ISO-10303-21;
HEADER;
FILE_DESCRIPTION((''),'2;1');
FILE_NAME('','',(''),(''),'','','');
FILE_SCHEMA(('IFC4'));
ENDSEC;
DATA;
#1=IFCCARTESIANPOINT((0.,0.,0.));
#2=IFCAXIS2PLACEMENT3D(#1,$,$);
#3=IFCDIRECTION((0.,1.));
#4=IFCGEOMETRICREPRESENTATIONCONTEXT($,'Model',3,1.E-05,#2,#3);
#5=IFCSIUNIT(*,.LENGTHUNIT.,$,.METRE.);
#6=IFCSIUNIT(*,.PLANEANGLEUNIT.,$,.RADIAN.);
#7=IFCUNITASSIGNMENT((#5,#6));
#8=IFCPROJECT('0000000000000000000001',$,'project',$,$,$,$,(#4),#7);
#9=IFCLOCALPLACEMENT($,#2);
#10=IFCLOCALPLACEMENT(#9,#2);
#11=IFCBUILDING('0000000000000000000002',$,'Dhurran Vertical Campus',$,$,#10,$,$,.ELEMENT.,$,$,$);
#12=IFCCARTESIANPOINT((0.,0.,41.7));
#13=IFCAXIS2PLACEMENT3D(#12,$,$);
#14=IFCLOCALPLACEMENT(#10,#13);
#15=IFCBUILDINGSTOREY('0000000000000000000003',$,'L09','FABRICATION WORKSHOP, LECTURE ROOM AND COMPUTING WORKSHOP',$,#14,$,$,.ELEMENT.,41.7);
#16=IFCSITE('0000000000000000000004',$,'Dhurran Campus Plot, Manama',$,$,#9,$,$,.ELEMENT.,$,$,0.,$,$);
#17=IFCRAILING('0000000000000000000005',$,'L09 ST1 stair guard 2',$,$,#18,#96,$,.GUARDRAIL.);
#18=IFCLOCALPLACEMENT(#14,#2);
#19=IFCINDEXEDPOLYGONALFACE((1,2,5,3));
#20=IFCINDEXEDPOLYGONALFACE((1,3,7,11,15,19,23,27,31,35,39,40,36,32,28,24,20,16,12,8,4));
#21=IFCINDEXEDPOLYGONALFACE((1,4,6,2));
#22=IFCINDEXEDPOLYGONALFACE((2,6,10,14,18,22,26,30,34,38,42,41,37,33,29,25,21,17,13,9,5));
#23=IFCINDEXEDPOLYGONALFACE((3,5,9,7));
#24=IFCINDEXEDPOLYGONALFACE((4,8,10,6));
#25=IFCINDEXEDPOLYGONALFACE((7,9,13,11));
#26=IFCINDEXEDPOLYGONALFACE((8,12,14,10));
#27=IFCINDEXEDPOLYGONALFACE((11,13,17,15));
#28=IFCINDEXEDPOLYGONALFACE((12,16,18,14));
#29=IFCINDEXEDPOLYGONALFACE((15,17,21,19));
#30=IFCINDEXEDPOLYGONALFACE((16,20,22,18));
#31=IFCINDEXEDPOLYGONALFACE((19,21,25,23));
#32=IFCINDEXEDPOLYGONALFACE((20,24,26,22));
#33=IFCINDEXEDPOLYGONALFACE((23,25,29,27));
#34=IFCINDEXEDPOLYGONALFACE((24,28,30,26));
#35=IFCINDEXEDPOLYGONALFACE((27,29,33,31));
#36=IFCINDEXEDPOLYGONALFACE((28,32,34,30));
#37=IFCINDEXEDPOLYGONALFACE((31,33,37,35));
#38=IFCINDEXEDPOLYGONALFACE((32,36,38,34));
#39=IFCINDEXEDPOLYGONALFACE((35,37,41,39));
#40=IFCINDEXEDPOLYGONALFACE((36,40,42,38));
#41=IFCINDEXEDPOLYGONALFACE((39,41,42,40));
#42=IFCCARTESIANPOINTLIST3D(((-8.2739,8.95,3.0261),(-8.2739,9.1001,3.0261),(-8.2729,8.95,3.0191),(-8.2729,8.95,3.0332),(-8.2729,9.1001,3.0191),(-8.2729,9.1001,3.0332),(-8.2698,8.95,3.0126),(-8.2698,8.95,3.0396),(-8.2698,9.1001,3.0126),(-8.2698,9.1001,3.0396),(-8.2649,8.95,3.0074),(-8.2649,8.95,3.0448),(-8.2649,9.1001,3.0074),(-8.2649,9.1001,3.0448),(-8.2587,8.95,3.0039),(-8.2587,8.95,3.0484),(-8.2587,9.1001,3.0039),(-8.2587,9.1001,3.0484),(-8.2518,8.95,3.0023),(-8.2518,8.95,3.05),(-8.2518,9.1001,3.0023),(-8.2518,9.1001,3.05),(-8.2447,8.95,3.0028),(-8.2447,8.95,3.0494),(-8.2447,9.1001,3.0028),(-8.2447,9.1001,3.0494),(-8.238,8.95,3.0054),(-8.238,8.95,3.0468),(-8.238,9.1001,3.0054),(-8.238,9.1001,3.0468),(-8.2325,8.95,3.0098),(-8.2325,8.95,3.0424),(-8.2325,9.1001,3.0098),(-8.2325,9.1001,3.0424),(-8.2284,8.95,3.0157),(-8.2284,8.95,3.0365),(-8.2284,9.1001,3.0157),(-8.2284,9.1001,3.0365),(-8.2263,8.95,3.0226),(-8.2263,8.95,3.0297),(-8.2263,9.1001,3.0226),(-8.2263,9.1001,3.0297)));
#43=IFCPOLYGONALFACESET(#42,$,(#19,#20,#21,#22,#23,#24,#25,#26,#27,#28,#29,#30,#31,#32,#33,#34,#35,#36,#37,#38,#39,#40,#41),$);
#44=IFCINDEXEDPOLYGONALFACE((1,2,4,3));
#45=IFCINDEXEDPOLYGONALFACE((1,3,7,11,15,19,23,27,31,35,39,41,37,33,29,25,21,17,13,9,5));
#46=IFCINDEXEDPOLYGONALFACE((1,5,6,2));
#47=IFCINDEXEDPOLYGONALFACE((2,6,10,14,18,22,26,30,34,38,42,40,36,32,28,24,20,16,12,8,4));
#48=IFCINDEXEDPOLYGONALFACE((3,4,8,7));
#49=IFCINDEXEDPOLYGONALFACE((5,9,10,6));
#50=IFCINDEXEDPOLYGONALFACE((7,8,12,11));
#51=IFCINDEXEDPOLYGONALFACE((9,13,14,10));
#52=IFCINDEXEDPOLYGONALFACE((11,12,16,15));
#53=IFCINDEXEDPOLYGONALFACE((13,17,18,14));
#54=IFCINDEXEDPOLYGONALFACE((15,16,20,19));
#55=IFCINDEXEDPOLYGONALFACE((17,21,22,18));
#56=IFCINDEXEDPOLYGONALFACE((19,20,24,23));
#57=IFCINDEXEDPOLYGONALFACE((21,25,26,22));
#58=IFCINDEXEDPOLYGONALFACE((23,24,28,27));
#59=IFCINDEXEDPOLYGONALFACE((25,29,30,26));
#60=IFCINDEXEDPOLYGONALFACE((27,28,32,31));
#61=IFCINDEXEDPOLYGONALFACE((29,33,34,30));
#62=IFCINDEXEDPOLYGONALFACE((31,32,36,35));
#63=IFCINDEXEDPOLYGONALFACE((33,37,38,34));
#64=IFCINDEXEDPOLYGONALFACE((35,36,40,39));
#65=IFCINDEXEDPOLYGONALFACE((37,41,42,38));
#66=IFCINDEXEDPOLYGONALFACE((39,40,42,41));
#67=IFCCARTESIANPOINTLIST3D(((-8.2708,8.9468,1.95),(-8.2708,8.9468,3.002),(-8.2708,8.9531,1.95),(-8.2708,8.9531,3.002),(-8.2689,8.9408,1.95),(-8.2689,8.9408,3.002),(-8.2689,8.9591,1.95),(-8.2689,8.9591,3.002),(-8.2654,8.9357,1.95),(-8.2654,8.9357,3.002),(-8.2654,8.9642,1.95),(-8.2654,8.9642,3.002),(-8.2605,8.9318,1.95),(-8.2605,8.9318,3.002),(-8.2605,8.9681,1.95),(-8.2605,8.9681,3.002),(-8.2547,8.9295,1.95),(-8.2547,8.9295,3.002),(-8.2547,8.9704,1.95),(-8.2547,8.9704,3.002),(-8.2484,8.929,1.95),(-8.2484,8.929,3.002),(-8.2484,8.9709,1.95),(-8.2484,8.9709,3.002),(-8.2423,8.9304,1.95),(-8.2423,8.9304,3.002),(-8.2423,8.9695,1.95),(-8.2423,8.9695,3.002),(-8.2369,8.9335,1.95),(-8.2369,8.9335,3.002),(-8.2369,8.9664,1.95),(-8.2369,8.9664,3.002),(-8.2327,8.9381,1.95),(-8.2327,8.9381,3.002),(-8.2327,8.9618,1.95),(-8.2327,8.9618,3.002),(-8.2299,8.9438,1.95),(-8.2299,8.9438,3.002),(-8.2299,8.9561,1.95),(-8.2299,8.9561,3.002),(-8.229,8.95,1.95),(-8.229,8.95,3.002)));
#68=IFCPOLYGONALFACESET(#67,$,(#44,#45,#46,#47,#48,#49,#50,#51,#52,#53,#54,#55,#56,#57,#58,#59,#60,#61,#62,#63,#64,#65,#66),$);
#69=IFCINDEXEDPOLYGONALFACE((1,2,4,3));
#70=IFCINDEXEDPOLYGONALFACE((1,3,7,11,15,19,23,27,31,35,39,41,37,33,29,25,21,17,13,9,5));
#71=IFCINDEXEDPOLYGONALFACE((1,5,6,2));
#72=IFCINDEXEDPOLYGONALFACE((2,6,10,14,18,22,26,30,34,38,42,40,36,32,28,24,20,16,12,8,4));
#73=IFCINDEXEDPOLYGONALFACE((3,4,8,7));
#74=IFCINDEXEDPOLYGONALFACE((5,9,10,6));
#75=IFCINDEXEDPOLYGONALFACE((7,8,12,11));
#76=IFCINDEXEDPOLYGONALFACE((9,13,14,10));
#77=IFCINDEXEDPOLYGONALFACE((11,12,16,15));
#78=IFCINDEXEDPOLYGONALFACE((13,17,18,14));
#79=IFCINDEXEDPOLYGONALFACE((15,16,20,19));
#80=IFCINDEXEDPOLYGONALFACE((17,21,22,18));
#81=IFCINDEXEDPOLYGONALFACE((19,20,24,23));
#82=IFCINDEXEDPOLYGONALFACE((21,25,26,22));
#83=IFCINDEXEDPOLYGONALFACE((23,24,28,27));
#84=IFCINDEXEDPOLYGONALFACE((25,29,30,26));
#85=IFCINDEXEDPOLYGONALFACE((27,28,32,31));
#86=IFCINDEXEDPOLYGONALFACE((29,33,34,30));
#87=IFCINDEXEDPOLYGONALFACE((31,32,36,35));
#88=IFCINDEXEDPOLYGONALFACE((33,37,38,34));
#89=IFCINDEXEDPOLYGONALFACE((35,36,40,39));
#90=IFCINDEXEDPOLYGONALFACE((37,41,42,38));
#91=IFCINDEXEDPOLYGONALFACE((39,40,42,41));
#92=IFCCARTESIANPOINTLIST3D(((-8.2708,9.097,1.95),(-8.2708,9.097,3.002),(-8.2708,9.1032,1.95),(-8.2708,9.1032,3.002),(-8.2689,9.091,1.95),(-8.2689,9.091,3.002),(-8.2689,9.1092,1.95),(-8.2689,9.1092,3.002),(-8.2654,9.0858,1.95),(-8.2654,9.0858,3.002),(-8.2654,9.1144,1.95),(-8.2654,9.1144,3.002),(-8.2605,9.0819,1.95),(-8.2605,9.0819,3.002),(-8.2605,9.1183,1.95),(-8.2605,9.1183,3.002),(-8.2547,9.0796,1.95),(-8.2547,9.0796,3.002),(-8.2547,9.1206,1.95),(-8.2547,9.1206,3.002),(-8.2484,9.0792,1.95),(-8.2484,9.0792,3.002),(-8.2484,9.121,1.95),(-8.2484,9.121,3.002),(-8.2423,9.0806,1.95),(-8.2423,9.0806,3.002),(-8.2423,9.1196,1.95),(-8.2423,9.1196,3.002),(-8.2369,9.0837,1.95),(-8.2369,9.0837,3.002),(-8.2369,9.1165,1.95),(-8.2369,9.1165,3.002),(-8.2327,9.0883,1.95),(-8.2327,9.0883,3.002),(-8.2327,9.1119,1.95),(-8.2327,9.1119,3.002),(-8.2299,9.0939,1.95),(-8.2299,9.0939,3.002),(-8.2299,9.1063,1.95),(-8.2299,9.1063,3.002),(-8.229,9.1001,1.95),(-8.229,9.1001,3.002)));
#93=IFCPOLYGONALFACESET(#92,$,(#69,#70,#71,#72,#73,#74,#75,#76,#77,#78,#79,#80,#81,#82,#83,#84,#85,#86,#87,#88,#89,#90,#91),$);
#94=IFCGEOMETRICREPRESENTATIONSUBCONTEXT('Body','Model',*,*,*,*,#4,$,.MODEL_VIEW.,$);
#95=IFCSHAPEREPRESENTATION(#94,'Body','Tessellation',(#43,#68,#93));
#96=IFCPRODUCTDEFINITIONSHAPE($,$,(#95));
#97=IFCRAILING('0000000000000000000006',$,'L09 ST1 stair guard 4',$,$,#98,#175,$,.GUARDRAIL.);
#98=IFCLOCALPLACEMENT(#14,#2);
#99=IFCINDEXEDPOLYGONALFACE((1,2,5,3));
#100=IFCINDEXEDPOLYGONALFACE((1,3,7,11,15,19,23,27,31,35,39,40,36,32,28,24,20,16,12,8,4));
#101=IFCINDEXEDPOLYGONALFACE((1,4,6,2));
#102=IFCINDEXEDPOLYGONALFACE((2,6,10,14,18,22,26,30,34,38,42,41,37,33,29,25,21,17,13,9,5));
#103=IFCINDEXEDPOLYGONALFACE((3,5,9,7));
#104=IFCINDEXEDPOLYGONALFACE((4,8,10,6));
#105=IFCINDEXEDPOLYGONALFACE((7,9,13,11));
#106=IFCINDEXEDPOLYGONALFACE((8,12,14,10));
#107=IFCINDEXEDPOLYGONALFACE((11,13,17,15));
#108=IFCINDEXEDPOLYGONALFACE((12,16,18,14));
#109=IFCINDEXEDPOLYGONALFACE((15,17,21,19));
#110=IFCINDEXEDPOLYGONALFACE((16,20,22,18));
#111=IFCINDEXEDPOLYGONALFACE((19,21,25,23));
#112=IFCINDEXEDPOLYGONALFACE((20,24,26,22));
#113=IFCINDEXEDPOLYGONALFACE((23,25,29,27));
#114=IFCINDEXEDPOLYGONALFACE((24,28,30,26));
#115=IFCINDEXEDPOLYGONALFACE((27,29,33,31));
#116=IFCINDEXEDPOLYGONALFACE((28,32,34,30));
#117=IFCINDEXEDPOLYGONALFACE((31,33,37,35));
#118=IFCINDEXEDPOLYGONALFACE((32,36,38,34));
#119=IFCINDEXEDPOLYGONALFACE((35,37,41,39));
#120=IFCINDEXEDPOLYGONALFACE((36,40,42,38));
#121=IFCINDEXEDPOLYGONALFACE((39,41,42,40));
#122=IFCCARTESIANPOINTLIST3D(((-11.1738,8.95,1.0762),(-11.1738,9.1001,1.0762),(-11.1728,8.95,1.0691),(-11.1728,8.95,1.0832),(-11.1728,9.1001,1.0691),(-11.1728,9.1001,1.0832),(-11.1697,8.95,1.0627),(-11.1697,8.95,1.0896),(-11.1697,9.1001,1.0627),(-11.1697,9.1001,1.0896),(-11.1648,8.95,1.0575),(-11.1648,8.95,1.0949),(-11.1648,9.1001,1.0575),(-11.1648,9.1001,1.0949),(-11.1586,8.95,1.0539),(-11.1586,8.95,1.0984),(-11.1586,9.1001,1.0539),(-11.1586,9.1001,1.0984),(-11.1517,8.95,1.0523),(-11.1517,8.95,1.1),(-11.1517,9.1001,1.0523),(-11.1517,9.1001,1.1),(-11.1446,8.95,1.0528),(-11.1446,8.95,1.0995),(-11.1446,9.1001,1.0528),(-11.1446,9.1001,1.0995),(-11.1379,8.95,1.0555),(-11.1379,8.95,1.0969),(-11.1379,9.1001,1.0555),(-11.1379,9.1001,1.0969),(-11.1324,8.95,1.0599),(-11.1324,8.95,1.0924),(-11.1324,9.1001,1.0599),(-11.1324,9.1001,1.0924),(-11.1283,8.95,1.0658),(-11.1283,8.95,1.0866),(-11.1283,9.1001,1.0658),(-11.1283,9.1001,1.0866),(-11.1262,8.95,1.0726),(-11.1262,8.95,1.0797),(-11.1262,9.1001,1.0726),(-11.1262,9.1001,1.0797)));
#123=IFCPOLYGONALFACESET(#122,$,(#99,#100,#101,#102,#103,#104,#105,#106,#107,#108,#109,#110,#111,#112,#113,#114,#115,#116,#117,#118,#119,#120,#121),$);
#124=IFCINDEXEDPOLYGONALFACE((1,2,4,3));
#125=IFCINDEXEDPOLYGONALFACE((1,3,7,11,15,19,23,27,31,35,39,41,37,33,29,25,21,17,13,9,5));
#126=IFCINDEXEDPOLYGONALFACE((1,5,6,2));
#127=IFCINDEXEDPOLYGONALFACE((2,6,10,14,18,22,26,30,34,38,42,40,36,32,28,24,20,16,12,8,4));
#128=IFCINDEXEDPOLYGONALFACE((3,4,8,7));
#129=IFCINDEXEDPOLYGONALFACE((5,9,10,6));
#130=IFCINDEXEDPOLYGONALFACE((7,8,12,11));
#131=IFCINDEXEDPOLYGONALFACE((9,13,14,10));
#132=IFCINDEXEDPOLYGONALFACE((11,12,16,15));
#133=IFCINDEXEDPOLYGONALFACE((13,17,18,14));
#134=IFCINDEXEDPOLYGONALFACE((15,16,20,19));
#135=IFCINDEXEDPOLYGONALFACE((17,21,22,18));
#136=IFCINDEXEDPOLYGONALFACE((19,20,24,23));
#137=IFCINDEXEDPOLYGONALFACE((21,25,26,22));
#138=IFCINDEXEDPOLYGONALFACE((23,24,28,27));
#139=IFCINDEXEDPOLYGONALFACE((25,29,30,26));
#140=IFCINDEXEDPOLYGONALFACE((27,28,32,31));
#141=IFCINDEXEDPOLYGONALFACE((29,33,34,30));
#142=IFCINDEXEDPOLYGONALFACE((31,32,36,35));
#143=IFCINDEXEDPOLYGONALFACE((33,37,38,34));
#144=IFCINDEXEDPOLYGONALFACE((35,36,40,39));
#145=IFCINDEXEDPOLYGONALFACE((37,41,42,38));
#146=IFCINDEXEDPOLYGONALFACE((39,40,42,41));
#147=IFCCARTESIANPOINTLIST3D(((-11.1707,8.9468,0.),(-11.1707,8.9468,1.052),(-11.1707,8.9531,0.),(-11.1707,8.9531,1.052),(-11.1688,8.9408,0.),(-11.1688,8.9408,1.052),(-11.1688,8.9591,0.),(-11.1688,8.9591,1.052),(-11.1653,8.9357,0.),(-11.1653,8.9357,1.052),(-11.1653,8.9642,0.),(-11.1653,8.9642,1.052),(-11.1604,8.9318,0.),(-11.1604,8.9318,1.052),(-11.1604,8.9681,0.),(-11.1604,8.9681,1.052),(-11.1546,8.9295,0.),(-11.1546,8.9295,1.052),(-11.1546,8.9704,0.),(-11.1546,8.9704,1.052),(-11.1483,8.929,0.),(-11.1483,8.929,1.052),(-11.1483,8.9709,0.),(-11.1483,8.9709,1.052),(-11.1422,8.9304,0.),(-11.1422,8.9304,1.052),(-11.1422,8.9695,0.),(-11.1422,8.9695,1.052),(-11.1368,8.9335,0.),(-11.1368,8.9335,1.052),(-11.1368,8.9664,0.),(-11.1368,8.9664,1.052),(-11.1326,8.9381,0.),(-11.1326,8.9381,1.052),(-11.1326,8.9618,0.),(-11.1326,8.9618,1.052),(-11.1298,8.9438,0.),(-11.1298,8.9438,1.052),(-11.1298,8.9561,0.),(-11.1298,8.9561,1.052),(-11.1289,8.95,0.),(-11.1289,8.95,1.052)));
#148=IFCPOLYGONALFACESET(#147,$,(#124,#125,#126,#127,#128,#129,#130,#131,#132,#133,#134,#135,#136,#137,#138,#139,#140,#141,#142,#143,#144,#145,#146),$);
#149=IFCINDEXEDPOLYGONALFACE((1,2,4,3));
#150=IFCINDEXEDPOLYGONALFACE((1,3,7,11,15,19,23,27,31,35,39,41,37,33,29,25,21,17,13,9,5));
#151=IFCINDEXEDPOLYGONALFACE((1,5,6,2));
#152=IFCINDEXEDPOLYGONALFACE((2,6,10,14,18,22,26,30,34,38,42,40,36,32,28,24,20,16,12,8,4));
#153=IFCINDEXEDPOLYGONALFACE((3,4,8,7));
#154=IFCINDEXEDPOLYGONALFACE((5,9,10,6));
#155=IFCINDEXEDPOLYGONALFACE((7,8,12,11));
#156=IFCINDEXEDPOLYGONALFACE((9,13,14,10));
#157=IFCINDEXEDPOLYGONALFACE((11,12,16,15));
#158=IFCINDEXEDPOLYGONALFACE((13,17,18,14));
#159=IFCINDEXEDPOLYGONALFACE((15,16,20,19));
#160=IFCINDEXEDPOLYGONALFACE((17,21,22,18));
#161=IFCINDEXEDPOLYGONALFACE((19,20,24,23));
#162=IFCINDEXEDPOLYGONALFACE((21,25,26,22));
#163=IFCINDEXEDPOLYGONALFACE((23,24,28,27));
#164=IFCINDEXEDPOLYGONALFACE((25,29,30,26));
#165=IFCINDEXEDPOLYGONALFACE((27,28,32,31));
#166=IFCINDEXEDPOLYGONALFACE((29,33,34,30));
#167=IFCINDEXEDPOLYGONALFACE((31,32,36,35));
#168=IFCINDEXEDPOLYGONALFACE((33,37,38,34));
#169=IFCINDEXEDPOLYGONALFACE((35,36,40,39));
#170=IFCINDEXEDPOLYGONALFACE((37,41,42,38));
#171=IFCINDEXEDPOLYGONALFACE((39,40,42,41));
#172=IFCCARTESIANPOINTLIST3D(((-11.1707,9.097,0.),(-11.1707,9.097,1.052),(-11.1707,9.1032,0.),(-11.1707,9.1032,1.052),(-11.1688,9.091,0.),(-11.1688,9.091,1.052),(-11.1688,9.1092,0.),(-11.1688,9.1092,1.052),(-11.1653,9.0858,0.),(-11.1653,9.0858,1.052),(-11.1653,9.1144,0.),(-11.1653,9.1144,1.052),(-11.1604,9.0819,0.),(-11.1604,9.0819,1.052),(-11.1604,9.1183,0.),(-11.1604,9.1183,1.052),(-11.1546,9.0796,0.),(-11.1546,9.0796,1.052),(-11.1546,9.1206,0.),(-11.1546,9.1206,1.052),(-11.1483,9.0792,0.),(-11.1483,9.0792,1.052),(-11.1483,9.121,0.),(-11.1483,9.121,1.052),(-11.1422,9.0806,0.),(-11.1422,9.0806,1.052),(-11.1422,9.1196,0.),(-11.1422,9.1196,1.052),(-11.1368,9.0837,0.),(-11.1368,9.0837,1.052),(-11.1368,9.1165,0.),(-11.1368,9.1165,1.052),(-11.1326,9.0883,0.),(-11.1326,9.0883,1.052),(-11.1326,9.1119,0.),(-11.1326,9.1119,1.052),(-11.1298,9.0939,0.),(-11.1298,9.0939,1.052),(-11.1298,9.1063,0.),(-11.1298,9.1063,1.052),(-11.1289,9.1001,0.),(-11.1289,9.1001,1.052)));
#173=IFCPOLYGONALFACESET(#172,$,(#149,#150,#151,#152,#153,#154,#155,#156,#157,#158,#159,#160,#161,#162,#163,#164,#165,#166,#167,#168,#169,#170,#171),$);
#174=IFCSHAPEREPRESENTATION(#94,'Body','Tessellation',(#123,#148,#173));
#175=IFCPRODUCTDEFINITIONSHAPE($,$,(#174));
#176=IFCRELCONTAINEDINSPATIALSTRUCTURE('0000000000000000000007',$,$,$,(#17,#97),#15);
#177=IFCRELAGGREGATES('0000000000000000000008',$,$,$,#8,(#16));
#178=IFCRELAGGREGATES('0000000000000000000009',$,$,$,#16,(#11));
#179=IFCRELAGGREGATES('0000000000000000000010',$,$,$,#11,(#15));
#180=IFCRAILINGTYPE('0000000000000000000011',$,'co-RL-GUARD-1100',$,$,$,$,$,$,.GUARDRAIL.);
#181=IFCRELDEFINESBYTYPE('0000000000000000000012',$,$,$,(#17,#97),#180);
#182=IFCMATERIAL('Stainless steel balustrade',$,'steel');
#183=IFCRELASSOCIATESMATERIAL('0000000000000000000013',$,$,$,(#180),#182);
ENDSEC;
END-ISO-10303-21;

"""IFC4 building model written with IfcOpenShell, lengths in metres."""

from ifc_helpers import new_model, si_unit, direction, frame, origin, origin_2d, place, context, subcontext, project, spatial, circle, extrude, material, type_object, element, save


model = new_model("IFC4")

# Units and contexts
model_context = context("Model", 3, precision=1e-05, world=origin(), true_north=direction((0.0, 1.0)))
body_context = subcontext(model_context, "Body", "Model", "MODEL_VIEW")
ifc_project = project(units=[si_unit("LENGTHUNIT", "METRE"), si_unit("PLANEANGLEUNIT", "RADIAN")], contexts=[model_context])

# Site, building, storey
site_placement = place(None, origin())
site = spatial("IfcSite", under=ifc_project, at=site_placement, Name="Dhurran Campus Plot, Manama", CompositionType="ELEMENT", RefElevation=0.0)
building_placement = place(site_placement, origin())
building = spatial("IfcBuilding", under=site, at=building_placement, Name="Dhurran Vertical Campus", CompositionType="ELEMENT")
storey_placement = place(building_placement, frame((0.0, 0.0, 41.7)))
storey = spatial("IfcBuildingStorey", under=building, at=storey_placement, Name="L09", Description="FABRICATION WORKSHOP, LECTURE ROOM AND COMPUTING WORKSHOP", CompositionType="ELEMENT", Elevation=41.7)

# Railings
ifc_material_1 = material(Name="Stainless steel balustrade", Category="steel")
railing_type_1 = type_object("IfcRailingType", Name="co-RL-GUARD-1100", PredefinedType="GUARDRAIL", material=ifc_material_1)
for number, where, name in (
    (1, (-8.25, 8.95, 1.95), "L09 ST1 stair guard 2"),
    (2, (-11.1499, 8.95, 0.0), "L09 ST1 stair guard 4"),
):
    element("IfcRailing", number, at=place(storey_placement, frame(where)), inside=storey, type_object=railing_type_1, Name=name, PredefinedType="GUARDRAIL", context=body_context, shape_type="SweptSolid", body=[
        extrude(circle(Radius=0.0239, at=origin_2d()), frame((0.0, 0.0, 1.0762), z_axis=(0.0, 1.0, 0.0), x_axis=(-1.0, 0.0, 0.0)), (0.0, 0.0, 1.0), 0.1501),
        extrude(circle(Radius=0.021, at=origin_2d()), origin(), (0.0, 0.0, 1.0), 1.052),
        extrude(circle(Radius=0.021, at=origin_2d()), frame((0.0, 0.1501, 0.0)), (0.0, 0.0, 1.0), 1.052),
    ])

save(model, "model.ifc")
